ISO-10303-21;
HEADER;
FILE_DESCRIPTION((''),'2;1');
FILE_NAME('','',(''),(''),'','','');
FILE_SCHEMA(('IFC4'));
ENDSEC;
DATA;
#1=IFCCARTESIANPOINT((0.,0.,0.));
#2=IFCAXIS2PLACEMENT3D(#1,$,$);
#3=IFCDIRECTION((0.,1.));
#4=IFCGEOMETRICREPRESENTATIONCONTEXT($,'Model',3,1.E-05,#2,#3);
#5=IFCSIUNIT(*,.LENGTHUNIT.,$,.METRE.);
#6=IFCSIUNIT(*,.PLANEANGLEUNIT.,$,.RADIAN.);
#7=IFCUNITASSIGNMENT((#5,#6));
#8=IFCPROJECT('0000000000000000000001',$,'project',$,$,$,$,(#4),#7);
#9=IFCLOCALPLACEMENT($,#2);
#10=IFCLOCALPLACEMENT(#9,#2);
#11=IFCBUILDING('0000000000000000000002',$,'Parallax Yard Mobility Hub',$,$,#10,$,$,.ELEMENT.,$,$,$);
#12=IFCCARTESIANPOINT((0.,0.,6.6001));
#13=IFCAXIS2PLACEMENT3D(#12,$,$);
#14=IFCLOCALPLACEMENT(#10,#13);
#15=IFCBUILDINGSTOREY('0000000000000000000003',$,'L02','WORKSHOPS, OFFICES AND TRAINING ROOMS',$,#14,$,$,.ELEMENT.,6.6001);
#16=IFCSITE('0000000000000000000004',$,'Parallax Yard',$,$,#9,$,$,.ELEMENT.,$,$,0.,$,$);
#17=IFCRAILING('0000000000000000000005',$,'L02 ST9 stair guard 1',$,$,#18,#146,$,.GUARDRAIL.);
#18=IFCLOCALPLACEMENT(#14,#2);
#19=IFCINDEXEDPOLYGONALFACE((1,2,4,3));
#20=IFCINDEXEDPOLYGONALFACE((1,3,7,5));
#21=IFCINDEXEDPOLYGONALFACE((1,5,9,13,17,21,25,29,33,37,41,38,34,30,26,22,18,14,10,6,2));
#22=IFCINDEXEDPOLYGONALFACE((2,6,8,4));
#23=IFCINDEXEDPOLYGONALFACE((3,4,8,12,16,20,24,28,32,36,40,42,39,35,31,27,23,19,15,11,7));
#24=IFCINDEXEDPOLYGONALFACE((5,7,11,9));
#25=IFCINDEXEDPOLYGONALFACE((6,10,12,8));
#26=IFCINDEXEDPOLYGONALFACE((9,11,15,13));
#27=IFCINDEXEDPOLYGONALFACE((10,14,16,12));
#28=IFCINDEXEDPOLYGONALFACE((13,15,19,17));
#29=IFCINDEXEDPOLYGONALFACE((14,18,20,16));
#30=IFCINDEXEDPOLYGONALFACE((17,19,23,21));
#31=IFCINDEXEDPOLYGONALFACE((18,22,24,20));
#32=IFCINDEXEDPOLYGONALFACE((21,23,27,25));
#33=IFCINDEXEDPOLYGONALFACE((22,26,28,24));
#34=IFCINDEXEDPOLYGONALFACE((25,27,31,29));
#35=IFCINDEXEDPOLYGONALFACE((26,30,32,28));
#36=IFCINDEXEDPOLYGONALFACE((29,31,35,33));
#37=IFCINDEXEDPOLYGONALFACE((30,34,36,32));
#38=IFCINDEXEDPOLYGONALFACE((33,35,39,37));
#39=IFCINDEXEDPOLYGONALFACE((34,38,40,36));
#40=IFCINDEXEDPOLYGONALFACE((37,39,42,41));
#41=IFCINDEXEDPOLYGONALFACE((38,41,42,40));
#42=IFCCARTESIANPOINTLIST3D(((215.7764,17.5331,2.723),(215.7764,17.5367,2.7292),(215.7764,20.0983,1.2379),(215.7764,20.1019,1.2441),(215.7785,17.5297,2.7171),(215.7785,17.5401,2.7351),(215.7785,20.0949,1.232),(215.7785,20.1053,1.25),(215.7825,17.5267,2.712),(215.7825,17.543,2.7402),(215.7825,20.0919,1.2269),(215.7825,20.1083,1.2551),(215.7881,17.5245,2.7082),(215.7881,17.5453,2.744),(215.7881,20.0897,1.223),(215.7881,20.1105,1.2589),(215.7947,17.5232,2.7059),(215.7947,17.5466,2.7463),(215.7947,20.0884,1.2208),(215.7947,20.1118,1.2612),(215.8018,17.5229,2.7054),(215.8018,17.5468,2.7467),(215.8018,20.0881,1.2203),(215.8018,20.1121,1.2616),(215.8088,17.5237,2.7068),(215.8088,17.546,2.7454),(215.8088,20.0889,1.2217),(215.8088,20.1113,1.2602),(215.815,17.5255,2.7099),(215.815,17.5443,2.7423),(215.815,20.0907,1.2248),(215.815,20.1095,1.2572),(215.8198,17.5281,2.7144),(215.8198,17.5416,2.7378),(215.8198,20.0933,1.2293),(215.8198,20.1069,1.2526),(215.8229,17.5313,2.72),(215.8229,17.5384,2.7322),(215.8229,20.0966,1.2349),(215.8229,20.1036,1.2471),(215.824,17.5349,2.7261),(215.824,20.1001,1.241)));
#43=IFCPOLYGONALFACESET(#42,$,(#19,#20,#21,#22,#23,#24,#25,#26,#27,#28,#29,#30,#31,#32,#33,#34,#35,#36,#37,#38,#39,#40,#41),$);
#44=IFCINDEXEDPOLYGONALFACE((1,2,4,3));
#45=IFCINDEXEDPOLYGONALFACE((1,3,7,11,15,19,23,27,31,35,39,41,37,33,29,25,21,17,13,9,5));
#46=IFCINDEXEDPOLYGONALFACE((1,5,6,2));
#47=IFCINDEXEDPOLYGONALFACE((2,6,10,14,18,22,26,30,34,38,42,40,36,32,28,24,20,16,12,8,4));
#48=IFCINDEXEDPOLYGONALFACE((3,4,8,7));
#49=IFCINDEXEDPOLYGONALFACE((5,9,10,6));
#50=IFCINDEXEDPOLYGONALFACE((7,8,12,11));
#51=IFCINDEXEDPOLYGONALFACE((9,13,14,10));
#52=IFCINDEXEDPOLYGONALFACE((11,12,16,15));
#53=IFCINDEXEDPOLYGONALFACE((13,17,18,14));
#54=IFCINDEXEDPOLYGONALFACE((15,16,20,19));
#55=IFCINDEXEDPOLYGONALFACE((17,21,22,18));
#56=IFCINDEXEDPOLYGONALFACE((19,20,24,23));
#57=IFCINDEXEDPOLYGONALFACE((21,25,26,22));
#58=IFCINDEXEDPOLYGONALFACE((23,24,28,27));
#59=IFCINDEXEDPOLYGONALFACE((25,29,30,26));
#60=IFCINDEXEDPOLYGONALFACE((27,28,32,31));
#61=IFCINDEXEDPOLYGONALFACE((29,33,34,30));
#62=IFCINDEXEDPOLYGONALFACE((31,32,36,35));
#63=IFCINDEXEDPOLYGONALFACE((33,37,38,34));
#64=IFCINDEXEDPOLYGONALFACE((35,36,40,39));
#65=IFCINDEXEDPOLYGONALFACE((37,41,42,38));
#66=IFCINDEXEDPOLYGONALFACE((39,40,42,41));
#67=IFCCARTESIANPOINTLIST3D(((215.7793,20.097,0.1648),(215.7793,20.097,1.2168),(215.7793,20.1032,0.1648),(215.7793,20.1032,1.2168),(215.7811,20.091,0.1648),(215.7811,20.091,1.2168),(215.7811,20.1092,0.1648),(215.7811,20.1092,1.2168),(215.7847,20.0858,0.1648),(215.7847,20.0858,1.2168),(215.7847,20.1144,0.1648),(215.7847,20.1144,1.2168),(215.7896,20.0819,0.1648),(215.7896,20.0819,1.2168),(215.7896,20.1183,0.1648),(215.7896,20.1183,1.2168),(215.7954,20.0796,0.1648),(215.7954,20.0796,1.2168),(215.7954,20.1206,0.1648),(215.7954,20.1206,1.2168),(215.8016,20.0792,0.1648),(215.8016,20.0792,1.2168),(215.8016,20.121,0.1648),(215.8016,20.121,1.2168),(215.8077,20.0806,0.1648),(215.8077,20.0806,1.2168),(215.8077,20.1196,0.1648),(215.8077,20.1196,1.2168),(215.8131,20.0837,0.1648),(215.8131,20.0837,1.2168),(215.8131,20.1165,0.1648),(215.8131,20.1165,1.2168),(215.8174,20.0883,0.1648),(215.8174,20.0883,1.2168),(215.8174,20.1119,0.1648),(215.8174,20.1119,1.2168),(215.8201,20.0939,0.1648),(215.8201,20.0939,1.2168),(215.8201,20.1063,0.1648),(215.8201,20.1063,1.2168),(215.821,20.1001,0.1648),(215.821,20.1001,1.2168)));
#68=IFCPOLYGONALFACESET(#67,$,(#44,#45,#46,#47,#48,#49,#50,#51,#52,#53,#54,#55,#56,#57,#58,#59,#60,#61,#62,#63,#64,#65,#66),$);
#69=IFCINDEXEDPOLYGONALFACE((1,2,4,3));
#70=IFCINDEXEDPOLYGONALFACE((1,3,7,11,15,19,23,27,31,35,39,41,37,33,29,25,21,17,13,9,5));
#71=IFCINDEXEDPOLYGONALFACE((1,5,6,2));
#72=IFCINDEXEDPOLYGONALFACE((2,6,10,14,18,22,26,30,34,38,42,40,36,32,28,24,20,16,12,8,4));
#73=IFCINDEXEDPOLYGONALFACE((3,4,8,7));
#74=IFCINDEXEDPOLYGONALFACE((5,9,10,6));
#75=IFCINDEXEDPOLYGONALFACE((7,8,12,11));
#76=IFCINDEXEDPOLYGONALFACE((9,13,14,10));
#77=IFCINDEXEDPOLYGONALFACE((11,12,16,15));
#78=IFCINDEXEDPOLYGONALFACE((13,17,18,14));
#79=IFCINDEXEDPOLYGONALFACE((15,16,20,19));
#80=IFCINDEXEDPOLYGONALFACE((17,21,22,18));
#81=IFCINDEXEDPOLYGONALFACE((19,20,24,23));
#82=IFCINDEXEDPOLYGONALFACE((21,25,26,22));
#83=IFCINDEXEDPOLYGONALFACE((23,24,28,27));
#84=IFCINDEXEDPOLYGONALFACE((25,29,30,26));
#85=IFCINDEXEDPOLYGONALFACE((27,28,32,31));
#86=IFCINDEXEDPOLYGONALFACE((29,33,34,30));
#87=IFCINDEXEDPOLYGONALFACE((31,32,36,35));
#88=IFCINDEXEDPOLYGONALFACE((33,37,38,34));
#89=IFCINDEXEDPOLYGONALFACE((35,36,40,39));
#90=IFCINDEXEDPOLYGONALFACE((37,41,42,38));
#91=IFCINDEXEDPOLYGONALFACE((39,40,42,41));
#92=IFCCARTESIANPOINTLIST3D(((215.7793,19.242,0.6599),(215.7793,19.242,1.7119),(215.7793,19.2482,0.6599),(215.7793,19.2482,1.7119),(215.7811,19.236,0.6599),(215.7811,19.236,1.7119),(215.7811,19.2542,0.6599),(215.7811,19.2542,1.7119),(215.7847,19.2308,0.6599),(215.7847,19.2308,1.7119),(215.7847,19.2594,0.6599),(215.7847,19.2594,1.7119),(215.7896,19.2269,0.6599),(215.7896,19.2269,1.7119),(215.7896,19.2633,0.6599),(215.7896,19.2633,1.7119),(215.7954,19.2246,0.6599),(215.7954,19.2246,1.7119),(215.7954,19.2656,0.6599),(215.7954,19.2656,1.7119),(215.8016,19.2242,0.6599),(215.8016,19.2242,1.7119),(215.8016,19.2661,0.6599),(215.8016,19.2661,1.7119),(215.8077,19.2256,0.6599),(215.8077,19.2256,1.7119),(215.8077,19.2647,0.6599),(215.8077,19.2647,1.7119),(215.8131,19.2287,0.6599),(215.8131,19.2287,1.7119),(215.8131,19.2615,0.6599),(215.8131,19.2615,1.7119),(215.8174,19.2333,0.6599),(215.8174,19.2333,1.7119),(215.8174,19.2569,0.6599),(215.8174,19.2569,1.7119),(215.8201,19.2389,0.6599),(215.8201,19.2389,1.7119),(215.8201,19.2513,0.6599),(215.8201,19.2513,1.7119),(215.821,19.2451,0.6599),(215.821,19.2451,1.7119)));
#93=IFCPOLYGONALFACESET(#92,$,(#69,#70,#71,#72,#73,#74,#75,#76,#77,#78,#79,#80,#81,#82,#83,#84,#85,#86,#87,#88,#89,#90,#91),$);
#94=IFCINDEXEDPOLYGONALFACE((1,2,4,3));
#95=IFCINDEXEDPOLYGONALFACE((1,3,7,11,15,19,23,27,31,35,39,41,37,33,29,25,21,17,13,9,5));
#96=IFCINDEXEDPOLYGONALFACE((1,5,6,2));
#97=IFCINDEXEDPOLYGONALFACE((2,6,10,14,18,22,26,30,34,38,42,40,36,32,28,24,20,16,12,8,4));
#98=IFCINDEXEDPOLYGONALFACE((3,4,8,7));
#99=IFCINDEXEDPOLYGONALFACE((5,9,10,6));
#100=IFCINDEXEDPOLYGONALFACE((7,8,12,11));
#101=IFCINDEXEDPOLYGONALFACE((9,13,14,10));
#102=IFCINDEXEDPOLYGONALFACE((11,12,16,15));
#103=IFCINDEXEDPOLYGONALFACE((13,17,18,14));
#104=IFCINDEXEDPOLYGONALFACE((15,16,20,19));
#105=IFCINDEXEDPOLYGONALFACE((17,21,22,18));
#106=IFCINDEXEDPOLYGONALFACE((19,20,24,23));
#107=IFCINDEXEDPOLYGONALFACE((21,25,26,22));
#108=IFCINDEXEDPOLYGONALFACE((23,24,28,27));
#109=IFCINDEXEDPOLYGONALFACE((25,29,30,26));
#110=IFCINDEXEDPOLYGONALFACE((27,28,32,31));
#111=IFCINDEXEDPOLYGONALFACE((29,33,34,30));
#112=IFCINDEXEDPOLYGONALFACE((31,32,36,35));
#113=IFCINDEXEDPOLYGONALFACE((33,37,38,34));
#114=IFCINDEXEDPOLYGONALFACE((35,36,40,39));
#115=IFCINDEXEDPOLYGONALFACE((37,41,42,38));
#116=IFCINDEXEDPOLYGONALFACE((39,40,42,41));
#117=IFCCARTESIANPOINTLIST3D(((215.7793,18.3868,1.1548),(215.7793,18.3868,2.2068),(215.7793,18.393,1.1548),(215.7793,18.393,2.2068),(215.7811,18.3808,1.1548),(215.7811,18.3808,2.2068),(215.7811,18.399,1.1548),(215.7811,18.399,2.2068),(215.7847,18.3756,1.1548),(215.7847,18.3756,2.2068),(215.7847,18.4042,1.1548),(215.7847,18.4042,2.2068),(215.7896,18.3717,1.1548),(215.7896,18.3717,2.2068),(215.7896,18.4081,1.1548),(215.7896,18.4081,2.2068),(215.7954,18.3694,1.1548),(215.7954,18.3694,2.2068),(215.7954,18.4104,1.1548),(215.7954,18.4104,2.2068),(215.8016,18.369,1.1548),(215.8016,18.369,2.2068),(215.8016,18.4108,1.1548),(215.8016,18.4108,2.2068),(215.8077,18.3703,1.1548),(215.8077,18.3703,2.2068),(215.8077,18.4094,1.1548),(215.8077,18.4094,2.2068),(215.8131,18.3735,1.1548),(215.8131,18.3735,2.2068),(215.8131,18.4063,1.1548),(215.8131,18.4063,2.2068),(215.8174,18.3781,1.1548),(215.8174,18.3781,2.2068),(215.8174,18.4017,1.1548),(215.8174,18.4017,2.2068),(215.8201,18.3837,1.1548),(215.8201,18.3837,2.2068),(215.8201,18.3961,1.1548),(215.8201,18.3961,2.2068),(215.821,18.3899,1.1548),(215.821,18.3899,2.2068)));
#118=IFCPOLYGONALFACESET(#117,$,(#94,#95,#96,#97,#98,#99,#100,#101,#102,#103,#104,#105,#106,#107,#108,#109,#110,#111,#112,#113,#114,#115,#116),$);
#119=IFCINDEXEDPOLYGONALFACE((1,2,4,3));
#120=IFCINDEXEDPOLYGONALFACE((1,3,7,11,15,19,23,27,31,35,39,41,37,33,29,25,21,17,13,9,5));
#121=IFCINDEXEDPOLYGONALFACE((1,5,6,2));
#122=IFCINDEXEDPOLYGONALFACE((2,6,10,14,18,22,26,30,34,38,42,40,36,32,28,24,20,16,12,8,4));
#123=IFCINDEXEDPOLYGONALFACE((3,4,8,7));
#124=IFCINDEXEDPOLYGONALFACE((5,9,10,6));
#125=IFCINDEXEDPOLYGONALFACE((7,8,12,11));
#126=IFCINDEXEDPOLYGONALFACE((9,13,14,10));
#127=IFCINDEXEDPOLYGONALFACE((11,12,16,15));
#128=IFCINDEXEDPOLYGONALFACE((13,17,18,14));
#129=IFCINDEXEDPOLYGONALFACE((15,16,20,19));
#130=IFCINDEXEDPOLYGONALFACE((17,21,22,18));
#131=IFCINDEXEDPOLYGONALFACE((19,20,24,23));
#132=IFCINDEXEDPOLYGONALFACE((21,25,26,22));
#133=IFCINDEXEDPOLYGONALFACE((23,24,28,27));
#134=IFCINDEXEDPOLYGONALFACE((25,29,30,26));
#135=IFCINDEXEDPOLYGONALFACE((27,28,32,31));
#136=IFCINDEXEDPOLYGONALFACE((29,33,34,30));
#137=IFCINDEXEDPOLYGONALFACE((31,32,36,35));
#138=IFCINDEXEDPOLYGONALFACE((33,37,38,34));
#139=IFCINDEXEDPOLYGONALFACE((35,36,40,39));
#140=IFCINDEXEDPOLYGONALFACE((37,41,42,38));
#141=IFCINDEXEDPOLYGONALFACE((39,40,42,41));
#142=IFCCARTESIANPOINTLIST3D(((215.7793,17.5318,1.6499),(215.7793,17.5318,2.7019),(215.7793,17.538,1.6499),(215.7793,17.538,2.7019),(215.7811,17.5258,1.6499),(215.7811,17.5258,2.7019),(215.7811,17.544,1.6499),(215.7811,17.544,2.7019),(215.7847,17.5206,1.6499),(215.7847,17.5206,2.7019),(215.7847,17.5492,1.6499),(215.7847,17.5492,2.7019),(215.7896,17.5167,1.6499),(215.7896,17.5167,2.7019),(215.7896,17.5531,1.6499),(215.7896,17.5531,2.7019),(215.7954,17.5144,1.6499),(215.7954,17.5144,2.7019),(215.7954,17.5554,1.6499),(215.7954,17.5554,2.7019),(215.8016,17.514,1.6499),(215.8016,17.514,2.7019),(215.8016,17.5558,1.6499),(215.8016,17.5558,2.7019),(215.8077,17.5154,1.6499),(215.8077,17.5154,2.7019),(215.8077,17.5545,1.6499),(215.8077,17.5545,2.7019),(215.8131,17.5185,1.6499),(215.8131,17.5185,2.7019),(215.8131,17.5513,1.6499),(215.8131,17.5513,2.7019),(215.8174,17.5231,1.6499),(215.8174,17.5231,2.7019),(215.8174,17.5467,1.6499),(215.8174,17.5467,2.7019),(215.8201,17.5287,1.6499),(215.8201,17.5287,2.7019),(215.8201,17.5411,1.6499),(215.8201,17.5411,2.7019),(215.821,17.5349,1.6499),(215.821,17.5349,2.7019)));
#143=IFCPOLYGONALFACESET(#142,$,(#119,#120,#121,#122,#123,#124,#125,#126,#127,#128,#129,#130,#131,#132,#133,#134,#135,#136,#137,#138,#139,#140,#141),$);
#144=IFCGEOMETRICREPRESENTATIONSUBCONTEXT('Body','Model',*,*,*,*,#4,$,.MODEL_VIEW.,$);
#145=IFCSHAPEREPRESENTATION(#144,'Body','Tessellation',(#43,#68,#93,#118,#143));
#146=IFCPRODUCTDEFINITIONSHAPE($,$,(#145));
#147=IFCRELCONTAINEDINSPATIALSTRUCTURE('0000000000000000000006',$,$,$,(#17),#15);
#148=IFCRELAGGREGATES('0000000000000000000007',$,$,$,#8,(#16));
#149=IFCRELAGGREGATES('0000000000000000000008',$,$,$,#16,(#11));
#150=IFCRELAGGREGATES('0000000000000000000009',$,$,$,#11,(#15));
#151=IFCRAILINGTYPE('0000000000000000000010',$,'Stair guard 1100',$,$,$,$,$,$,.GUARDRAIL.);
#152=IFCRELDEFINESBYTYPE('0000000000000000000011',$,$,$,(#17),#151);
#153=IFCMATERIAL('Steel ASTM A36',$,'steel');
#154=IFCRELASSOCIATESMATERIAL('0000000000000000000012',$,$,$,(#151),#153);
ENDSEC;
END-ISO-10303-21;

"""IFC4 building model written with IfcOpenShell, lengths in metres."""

from ifc_helpers import new_model, si_unit, direction, frame, origin, origin_2d, place, context, subcontext, project, spatial, circle, extrude, material, type_object, element, save


model = new_model("IFC4")

# Units and contexts
model_context = context("Model", 3, precision=1e-05, world=origin(), true_north=direction((0.0, 1.0)))
body_context = subcontext(model_context, "Body", "Model", "MODEL_VIEW")
ifc_project = project(units=[si_unit("LENGTHUNIT", "METRE"), si_unit("PLANEANGLEUNIT", "RADIAN")], contexts=[model_context])

# Site, building, storey
site_placement = place(None, origin())
site = spatial("IfcSite", under=ifc_project, at=site_placement, Name="Parallax Yard", CompositionType="ELEMENT", RefElevation=0.0)
building_placement = place(site_placement, origin())
building = spatial("IfcBuilding", under=site, at=building_placement, Name="Parallax Yard Mobility Hub", CompositionType="ELEMENT")
storey_placement = place(building_placement, frame((0.0, 0.0, 6.6001)))
storey = spatial("IfcBuildingStorey", under=building, at=storey_placement, Name="L02", Description="WORKSHOPS, OFFICES AND TRAINING ROOMS", CompositionType="ELEMENT", Elevation=6.6001)

# Railing
ifc_material_1 = material(Name="Steel ASTM A36", Category="steel")
railing_type_1 = type_object("IfcRailingType", Name="Stair guard 1100", PredefinedType="GUARDRAIL", material=ifc_material_1)
railing_1_placement = place(storey_placement, frame((215.8, 20.1001, 0.1648)))
element("IfcRailing", 1, at=railing_1_placement, inside=storey, type_object=railing_type_1, Name="L02 ST9 stair guard 1", PredefinedType="GUARDRAIL", context=body_context, shape_type="SweptSolid", body=[
    extrude(circle(Radius=0.0239, at=origin_2d()), frame((0.0, 0.0, 1.0762), z_axis=(0.0, -0.865426, 0.501036), x_axis=(1.0, 0.0, 0.0)), (0.0, 0.0, 1.0), 2.9641),
    extrude(circle(Radius=0.021, at=origin_2d()), origin(), (0.0, 0.0, 1.0), 1.052),
    extrude(circle(Radius=0.021, at=origin_2d()), frame((0.0, -0.855, 0.4951)), (0.0, 0.0, 1.0), 1.052),
    extrude(circle(Radius=0.021, at=origin_2d()), frame((0.0, -1.7102, 0.99)), (0.0, 0.0, 1.0), 1.052),
    extrude(circle(Radius=0.021, at=origin_2d()), frame((0.0, -2.5652, 1.4851)), (0.0, 0.0, 1.0), 1.052),
])

save(model, "model.ifc")
